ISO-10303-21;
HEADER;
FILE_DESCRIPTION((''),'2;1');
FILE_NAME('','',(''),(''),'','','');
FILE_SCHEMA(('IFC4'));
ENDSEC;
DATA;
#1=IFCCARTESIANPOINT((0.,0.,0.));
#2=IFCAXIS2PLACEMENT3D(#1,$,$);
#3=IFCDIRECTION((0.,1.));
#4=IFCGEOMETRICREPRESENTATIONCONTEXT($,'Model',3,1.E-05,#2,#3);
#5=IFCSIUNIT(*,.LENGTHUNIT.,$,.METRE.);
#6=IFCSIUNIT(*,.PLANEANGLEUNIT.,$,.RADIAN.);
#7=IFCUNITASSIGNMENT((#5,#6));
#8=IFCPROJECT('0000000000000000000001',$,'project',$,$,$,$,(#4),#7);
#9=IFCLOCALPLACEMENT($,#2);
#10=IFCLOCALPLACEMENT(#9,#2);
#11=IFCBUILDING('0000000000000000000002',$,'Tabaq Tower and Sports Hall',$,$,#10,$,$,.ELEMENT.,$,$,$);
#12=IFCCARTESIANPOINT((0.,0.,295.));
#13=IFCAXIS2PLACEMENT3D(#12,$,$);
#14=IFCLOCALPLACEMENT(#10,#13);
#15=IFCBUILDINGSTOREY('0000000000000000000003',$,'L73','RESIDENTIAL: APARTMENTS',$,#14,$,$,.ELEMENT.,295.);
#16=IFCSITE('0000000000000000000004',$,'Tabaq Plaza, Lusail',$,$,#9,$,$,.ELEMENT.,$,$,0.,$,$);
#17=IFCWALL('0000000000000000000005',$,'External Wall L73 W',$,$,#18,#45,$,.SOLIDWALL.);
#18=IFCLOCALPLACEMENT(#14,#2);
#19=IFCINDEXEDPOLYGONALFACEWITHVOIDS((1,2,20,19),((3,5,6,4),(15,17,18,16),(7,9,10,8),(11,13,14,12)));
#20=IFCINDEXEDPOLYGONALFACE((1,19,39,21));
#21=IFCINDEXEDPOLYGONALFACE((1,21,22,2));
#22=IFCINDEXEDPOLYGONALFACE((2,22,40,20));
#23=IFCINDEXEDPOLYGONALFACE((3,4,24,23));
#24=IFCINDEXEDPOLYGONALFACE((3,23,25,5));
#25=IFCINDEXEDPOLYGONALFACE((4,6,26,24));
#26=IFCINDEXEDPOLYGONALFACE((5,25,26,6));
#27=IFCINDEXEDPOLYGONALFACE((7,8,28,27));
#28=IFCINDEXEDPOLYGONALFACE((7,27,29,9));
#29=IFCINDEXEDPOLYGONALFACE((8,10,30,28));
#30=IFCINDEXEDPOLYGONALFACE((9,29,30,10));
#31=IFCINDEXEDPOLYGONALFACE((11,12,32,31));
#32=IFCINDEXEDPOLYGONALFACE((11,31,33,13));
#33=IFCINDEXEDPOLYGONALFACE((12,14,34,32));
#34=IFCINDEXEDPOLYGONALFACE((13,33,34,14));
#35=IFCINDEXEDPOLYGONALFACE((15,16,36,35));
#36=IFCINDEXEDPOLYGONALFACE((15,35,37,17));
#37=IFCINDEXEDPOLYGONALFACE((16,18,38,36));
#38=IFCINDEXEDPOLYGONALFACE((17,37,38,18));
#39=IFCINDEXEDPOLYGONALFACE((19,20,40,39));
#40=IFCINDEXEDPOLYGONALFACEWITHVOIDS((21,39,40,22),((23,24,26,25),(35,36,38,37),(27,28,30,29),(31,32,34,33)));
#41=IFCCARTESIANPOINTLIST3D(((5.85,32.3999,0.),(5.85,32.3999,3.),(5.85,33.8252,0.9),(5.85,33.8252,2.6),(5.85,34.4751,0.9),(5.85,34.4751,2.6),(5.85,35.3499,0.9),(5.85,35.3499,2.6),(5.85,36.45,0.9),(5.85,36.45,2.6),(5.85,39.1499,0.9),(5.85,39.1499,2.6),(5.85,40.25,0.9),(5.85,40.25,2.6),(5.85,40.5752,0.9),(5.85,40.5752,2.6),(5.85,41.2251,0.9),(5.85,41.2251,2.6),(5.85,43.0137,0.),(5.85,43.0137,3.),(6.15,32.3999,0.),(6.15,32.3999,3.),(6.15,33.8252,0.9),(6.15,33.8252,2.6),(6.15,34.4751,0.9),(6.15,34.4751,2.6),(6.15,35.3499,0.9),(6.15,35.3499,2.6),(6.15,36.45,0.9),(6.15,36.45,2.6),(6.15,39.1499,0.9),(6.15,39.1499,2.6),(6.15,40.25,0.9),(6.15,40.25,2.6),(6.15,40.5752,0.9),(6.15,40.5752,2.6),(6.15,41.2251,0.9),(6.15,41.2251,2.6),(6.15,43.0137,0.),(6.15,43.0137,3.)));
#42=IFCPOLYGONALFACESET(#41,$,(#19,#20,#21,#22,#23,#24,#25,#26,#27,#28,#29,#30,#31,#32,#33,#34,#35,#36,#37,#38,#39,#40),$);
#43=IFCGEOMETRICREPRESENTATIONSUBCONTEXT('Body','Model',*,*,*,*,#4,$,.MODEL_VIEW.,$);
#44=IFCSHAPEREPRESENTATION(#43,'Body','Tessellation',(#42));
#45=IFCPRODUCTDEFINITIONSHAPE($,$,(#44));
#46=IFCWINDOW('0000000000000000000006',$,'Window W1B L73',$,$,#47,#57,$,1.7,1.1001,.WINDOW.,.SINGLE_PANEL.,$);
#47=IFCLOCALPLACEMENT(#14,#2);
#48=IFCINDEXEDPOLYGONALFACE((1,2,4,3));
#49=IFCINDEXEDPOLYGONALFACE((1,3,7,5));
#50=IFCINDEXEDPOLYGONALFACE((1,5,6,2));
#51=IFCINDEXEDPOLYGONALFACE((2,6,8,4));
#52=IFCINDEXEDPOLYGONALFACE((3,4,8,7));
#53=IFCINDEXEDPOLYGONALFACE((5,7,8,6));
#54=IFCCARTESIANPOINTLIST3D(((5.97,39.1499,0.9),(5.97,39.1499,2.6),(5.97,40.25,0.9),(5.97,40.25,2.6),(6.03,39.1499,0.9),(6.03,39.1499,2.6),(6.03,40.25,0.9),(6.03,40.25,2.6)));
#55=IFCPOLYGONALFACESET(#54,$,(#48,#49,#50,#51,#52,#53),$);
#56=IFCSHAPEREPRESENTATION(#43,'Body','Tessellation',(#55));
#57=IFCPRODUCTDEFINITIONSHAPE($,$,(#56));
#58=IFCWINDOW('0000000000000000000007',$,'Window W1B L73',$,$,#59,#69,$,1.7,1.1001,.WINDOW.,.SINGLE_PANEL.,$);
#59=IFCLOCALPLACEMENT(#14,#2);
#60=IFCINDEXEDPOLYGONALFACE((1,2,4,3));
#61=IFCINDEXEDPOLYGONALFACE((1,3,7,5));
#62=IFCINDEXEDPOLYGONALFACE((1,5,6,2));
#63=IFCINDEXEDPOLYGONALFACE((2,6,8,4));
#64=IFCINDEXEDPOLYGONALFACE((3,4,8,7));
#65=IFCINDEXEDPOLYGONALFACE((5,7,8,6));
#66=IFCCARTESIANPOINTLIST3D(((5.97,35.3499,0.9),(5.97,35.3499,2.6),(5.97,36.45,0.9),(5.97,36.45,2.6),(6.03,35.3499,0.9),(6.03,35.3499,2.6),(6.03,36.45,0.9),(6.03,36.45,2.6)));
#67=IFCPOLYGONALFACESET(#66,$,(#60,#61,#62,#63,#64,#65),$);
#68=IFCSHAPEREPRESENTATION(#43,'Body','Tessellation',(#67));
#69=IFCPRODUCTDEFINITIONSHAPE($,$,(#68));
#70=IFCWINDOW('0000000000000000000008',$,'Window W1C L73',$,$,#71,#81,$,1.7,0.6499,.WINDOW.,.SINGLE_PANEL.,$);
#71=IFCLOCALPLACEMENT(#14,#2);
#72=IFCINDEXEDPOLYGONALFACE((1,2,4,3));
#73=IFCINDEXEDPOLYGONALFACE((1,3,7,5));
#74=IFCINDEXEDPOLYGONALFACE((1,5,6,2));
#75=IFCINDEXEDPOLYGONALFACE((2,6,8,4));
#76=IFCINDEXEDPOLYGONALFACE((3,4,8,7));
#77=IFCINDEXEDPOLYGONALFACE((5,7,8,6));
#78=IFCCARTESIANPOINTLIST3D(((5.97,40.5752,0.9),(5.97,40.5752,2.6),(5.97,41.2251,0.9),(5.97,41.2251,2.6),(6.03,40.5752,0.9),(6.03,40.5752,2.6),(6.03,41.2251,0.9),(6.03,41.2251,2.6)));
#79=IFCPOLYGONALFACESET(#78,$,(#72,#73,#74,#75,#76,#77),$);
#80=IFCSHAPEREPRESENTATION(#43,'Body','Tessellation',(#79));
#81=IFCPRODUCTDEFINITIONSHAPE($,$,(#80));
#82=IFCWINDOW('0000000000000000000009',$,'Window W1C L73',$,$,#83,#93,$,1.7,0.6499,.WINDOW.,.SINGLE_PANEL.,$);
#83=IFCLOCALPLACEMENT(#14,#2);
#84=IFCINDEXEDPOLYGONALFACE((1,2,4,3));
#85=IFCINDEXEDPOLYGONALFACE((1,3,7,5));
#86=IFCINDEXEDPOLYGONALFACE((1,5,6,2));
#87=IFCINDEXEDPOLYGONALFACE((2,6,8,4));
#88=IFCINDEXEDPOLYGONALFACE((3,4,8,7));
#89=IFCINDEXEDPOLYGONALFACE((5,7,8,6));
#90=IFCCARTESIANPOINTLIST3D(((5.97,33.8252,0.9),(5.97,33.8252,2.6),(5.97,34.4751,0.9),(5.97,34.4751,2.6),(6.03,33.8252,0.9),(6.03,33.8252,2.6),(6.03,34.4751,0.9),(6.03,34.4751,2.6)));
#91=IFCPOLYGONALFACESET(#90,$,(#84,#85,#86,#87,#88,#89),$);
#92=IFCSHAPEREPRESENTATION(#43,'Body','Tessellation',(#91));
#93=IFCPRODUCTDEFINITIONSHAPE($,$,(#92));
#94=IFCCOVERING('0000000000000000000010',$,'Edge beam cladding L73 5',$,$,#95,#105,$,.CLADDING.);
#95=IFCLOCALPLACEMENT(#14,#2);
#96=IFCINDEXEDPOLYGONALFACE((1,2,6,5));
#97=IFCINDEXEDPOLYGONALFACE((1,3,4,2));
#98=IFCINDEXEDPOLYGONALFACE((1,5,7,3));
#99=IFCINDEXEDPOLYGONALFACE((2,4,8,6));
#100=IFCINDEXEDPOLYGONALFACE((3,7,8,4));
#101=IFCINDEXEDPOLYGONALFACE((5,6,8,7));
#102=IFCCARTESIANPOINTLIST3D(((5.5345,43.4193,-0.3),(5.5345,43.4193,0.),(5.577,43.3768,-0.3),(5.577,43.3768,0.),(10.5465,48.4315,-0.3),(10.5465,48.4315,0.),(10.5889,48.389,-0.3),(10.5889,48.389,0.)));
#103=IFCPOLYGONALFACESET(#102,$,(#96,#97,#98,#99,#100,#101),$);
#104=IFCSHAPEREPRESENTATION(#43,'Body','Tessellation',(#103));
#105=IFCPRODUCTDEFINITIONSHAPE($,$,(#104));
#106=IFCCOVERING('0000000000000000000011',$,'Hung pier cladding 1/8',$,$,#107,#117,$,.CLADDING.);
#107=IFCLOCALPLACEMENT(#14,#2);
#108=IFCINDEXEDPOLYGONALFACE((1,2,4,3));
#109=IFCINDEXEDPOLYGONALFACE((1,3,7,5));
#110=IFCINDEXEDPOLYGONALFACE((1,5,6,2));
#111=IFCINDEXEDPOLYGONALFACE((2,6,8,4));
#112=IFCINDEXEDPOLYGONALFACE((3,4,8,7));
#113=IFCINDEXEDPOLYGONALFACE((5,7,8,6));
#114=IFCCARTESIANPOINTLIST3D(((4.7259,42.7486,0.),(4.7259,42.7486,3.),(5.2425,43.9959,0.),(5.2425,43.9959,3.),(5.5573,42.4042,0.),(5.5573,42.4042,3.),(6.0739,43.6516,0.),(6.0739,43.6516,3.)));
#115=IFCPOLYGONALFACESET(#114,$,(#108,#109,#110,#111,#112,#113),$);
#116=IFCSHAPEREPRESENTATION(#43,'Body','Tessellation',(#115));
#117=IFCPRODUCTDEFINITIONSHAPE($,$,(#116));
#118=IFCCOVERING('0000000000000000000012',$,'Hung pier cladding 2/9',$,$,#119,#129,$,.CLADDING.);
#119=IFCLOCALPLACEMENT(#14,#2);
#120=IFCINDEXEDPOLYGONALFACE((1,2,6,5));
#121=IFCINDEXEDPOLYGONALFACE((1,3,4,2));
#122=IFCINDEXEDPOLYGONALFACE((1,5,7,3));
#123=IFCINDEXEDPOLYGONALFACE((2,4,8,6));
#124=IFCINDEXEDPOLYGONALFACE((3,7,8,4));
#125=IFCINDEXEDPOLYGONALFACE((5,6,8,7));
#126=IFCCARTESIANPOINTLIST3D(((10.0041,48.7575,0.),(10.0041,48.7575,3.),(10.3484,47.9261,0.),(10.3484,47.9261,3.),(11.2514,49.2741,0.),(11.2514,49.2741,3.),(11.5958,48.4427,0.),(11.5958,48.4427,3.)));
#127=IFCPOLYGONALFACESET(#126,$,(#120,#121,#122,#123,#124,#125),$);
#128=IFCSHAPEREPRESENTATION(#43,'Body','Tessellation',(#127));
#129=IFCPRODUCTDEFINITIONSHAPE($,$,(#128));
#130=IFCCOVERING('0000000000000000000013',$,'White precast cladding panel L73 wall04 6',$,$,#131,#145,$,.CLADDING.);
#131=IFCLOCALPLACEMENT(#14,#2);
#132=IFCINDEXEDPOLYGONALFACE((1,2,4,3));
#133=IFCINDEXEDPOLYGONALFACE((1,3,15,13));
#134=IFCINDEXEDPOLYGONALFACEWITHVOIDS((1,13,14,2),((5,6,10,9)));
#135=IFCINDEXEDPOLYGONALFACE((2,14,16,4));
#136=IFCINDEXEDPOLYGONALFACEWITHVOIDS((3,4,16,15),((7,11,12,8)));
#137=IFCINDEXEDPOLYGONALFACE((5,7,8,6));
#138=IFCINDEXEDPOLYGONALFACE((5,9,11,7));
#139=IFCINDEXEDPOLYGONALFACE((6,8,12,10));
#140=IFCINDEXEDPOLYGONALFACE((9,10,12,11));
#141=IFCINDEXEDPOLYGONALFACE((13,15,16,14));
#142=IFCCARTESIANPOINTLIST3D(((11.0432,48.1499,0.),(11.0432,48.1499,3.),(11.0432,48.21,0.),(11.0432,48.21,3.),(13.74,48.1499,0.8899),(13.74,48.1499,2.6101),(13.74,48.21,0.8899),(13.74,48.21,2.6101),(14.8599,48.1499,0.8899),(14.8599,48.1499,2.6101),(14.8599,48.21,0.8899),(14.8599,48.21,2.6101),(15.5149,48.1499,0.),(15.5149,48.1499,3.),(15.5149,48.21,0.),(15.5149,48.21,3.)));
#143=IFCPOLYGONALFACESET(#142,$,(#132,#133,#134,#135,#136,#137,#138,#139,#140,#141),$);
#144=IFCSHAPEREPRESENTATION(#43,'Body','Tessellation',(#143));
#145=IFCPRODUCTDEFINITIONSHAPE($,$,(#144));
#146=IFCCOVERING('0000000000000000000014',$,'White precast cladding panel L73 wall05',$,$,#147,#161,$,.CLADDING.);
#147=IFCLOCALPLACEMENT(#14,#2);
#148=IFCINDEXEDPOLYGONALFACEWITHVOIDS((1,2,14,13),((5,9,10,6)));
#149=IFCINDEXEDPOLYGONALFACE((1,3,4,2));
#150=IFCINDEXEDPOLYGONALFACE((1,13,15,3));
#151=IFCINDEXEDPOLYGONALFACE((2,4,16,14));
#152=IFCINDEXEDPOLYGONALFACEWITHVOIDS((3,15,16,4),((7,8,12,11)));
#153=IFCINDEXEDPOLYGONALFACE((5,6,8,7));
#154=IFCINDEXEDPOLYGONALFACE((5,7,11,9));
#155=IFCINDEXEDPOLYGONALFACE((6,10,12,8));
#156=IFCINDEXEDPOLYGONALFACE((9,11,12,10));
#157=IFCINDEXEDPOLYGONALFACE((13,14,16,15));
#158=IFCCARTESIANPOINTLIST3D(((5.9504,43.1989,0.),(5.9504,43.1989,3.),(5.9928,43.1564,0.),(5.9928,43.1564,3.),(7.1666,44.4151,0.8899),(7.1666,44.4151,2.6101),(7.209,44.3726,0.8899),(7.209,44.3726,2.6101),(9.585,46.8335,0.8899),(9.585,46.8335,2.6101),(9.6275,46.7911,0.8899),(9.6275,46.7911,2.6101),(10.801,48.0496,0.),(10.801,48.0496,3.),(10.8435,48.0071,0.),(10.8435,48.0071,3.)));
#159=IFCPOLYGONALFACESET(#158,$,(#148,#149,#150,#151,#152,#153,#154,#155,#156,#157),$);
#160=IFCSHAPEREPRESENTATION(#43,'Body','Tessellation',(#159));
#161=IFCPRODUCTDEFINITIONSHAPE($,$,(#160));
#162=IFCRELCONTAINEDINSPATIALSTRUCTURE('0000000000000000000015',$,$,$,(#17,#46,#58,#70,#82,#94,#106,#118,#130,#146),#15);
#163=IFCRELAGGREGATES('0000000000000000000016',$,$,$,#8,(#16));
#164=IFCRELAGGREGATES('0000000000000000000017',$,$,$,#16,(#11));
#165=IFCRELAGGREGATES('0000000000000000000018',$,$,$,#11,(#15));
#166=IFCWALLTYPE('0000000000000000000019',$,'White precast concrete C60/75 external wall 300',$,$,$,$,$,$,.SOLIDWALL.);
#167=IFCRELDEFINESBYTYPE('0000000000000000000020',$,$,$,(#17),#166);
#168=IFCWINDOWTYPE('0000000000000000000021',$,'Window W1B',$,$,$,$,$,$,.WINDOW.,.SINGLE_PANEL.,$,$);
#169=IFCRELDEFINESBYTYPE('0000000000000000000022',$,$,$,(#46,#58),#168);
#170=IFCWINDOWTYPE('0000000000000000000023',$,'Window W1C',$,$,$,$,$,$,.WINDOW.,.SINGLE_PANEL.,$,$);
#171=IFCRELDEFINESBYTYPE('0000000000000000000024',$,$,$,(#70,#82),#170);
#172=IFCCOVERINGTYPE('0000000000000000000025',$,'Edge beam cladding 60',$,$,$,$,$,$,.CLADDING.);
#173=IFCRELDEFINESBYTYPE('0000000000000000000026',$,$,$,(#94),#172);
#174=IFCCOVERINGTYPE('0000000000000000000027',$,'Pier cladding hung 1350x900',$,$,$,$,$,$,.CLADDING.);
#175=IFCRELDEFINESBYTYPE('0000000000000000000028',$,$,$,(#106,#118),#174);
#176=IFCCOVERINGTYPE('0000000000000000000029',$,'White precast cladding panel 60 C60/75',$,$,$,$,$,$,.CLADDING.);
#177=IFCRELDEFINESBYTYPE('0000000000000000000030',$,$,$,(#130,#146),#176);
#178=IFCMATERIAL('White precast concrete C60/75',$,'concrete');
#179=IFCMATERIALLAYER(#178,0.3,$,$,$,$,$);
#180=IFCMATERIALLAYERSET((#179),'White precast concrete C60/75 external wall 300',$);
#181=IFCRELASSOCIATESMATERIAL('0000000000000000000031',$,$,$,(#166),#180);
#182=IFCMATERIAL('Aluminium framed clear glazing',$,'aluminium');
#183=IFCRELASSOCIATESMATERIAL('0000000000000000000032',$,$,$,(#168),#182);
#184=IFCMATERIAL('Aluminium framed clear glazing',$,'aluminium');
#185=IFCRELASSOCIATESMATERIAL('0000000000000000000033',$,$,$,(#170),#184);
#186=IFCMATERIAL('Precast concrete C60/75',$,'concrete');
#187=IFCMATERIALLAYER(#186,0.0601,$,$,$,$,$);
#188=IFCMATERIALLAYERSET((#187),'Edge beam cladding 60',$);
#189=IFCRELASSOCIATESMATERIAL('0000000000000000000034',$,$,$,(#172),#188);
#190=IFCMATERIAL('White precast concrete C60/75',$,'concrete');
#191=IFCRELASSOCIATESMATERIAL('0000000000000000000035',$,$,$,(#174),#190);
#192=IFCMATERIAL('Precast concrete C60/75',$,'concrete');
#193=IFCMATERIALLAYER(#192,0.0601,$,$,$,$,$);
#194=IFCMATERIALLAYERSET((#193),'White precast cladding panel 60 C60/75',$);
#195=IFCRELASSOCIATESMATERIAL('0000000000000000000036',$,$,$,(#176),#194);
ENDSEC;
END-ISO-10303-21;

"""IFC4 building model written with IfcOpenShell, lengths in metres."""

from ifc_helpers import new_model, si_unit, direction, frame, frame_2d, origin, place, context, subcontext, project, spatial, polyline, rectangle, outline, extrude, material, layer, layer_set, type_object, element, fill, save


model = new_model("IFC4")

# Units and contexts
model_context = context("Model", 3, precision=1e-05, world=origin(), true_north=direction((0.0, 1.0)))
body_context = subcontext(model_context, "Body", "Model", "MODEL_VIEW")
ifc_project = project(units=[si_unit("LENGTHUNIT", "METRE"), si_unit("PLANEANGLEUNIT", "RADIAN")], contexts=[model_context])

# Site, building, storey
site_placement = place(None, origin())
site = spatial("IfcSite", under=ifc_project, at=site_placement, Name="Tabaq Plaza, Lusail", CompositionType="ELEMENT", RefElevation=0.0)
building_placement = place(site_placement, origin())
building = spatial("IfcBuilding", under=site, at=building_placement, Name="Tabaq Tower and Sports Hall", CompositionType="ELEMENT")
storey_placement = place(building_placement, frame((0.0, 0.0, 295.0)))
storey = spatial("IfcBuildingStorey", under=building, at=storey_placement, Name="L73", Description="RESIDENTIAL: APARTMENTS", CompositionType="ELEMENT", Elevation=295.0)

# Shared definitions
ifc_material_1 = material(Name="White precast concrete C60/75", Category="concrete")
ifc_layer_1 = layer(ifc_material_1, 0.3)
ifc_layer_set_1 = layer_set([ifc_layer_1], Name="White precast concrete C60/75 external wall 300")
wall_type_1 = type_object("IfcWallType", Name="White precast concrete C60/75 external wall 300", PredefinedType="SOLIDWALL", material=ifc_layer_set_1)

# Wall, openings, windows
wall_1_placement = place(storey_placement, frame((6.0, 43.0137, 0.0), z_axis=(0.0, 0.0, 1.0), x_axis=(0.0, -1.0, 0.0)))
wall_1 = element("IfcWall", 1, at=wall_1_placement, inside=storey, type_object=wall_type_1, Name="External Wall L73 W", PredefinedType="SOLIDWALL", context=body_context, shape_type="SweptSolid", body=[
    extrude(rectangle(XDim=10.6138, YDim=0.3, at=frame_2d((5.3069, 0.0))), origin(), (0.0, 0.0, 1.0), 3.0),
])
opening_1_placement = place(wall_1_placement, frame((1.7886, 0.0, 0.8999)))
opening_1 = element("IfcOpeningElement", 2, at=opening_1_placement, cuts=wall_1, PredefinedType="OPENING", context=body_context, shape_type="SweptSolid", body=[
    extrude(rectangle(XDim=0.6499, YDim=1.7, at=frame_2d((0.325, 0.8501))), frame((0.0, 0.1602, 0.0), z_axis=(0.0, -1.0, 0.0), x_axis=(1.0, 0.0, 0.0)), (0.0, 0.0, 1.0), 0.3201),
])
opening_2_placement = place(wall_1_placement, frame((2.7637, 0.0, 0.8999)))
opening_2 = element("IfcOpeningElement", 3, at=opening_2_placement, cuts=wall_1, PredefinedType="OPENING", context=body_context, shape_type="SweptSolid", body=[
    extrude(rectangle(XDim=1.1001, YDim=1.7, at=frame_2d((0.55, 0.8501))), frame((0.0, 0.1602, 0.0), z_axis=(0.0, -1.0, 0.0), x_axis=(1.0, 0.0, 0.0)), (0.0, 0.0, 1.0), 0.3201),
])
opening_3_placement = place(wall_1_placement, frame((6.5637, 0.0, 0.8999)))
opening_3 = element("IfcOpeningElement", 4, at=opening_3_placement, cuts=wall_1, PredefinedType="OPENING", context=body_context, shape_type="SweptSolid", body=[
    extrude(rectangle(XDim=1.1001, YDim=1.7, at=frame_2d((0.55, 0.8501))), frame((0.0, 0.1602, 0.0), z_axis=(0.0, -1.0, 0.0), x_axis=(1.0, 0.0, 0.0)), (0.0, 0.0, 1.0), 0.3201),
])
opening_4_placement = place(wall_1_placement, frame((8.5386, 0.0, 0.8999)))
opening_4 = element("IfcOpeningElement", 5, at=opening_4_placement, cuts=wall_1, PredefinedType="OPENING", context=body_context, shape_type="SweptSolid", body=[
    extrude(rectangle(XDim=0.6499, YDim=1.7, at=frame_2d((0.325, 0.8501))), frame((0.0, 0.1602, 0.0), z_axis=(0.0, -1.0, 0.0), x_axis=(1.0, 0.0, 0.0)), (0.0, 0.0, 1.0), 0.3201),
])
ifc_material_2 = material(Name="Aluminium framed clear glazing", Category="aluminium")
window_type_1 = type_object("IfcWindowType", Name="Window W1B", PartitioningType="SINGLE_PANEL", PredefinedType="WINDOW", material=ifc_material_2)
window_1_placement = place(opening_2_placement, origin())
window_1 = element("IfcWindow", 6, at=window_1_placement, inside=storey, type_object=window_type_1, Name="Window W1B L73", OverallHeight=1.7, OverallWidth=1.1001, PartitioningType="SINGLE_PANEL", PredefinedType="WINDOW", context=body_context, shape_type="SweptSolid", body=[
    extrude(rectangle(XDim=1.1001, YDim=1.7, at=frame_2d((0.55, 0.8501))), frame((0.0, 0.03, 0.0), z_axis=(0.0, -1.0, 0.0), x_axis=(1.0, 0.0, 0.0)), (0.0, 0.0, 1.0), 0.0601),
])
fill(opening_2, window_1)
window_2_placement = place(opening_3_placement, origin())
window_2 = element("IfcWindow", 7, at=window_2_placement, inside=storey, type_object=window_type_1, Name="Window W1B L73", OverallHeight=1.7, OverallWidth=1.1001, PartitioningType="SINGLE_PANEL", PredefinedType="WINDOW", context=body_context, shape_type="SweptSolid", body=[
    extrude(rectangle(XDim=1.1001, YDim=1.7, at=frame_2d((0.55, 0.8501))), frame((0.0, 0.03, 0.0), z_axis=(0.0, -1.0, 0.0), x_axis=(1.0, 0.0, 0.0)), (0.0, 0.0, 1.0), 0.0601),
])
fill(opening_3, window_2)
ifc_material_3 = material(Name="Aluminium framed clear glazing", Category="aluminium")
window_type_2 = type_object("IfcWindowType", Name="Window W1C", PartitioningType="SINGLE_PANEL", PredefinedType="WINDOW", material=ifc_material_3)
window_3_placement = place(opening_1_placement, origin())
window_3 = element("IfcWindow", 8, at=window_3_placement, inside=storey, type_object=window_type_2, Name="Window W1C L73", OverallHeight=1.7, OverallWidth=0.6499, PartitioningType="SINGLE_PANEL", PredefinedType="WINDOW", context=body_context, shape_type="SweptSolid", body=[
    extrude(rectangle(XDim=0.6499, YDim=1.7, at=frame_2d((0.325, 0.8501))), frame((0.0, 0.03, 0.0), z_axis=(0.0, -1.0, 0.0), x_axis=(1.0, 0.0, 0.0)), (0.0, 0.0, 1.0), 0.0601),
])
fill(opening_1, window_3)
window_4_placement = place(opening_4_placement, origin())
window_4 = element("IfcWindow", 9, at=window_4_placement, inside=storey, type_object=window_type_2, Name="Window W1C L73", OverallHeight=1.7, OverallWidth=0.6499, PartitioningType="SINGLE_PANEL", PredefinedType="WINDOW", context=body_context, shape_type="SweptSolid", body=[
    extrude(rectangle(XDim=0.6499, YDim=1.7, at=frame_2d((0.325, 0.8501))), frame((0.0, 0.03, 0.0), z_axis=(0.0, -1.0, 0.0), x_axis=(1.0, 0.0, 0.0)), (0.0, 0.0, 1.0), 0.0601),
])
fill(opening_4, window_4)

# Coverings
ifc_material_4 = material(Name="Precast concrete C60/75", Category="concrete")
ifc_layer_2 = layer(ifc_material_4, 0.0601)
ifc_layer_set_2 = layer_set([ifc_layer_2], Name="Edge beam cladding 60")
covering_type_1 = type_object("IfcCoveringType", Name="Edge beam cladding 60", PredefinedType="CLADDING", material=ifc_layer_set_2)
covering_1_placement = place(storey_placement, frame((10.5676, 48.4102, -0.3), z_axis=(0.0, 0.0, 1.0), x_axis=(-0.70709, -0.707124, 0.0)))
element("IfcCovering", 10, at=covering_1_placement, inside=storey, type_object=covering_type_1, Name="Edge beam cladding L73 5", PredefinedType="CLADDING", context=body_context, shape_type="SweptSolid", body=[
    extrude(rectangle(XDim=7.0881, YDim=0.0601, at=frame_2d((3.5439, 0.0))), origin(), (0.0, 0.0, 1.0), 0.3),
])
ifc_material_5 = material(Name="White precast concrete C60/75", Category="concrete")
covering_type_2 = type_object("IfcCoveringType", Name="Pier cladding hung 1350x900", PredefinedType="CLADDING", material=ifc_material_5)
for number, where, z_axis, x_axis, name in (
    (11, (5.6582, 43.8237, 0.0), (0.0, 0.0, 1.0), (-0.38265, -0.923893, 0.0), "Hung pier cladding 1/8"),
    (12, (11.4236, 48.8584, 0.0), (0.0, 0.0, 1.0), (-0.923893, -0.38265, 0.0), "Hung pier cladding 2/9"),
):
    element("IfcCovering", number, at=place(storey_placement, frame(where, z_axis=z_axis, x_axis=x_axis)), inside=storey, type_object=covering_type_2, Name=name, PredefinedType="CLADDING", context=body_context, shape_type="SweptSolid", body=[
        extrude(rectangle(XDim=1.3501, YDim=0.8999, at=frame_2d((0.675, 0.0))), origin(), (0.0, 0.0, 1.0), 3.0),
    ])
ifc_material_6 = material(Name="Precast concrete C60/75", Category="concrete")
ifc_layer_3 = layer(ifc_material_6, 0.0601)
ifc_layer_set_3 = layer_set([ifc_layer_3], Name="White precast cladding panel 60 C60/75")
covering_type_3 = type_object("IfcCoveringType", Name="White precast cladding panel 60 C60/75", PredefinedType="CLADDING", material=ifc_layer_set_3)
covering_2_placement = place(storey_placement, frame((15.5149, 48.1799, 0.0), z_axis=(0.0, 0.0, 1.0), x_axis=(-1.0, 0.0, 0.0)))
element("IfcCovering", 13, at=covering_2_placement, inside=storey, type_object=covering_type_3, Name="White precast cladding panel L73 wall04 6", PredefinedType="CLADDING", context=body_context, shape_type="SweptSolid", body=[
    extrude(outline(polyline([(0.0, 0.0), (4.4717, 0.0), (4.4717, 3.0), (0.0, 3.0), (0.0, 0.0)]), holes=[polyline([(0.655, 0.8899), (0.655, 2.6101), (1.7749, 2.6101), (1.7749, 0.8899), (0.655, 0.8899)])]), frame((0.0, 0.03, 0.0), z_axis=(0.0, -1.0, 0.0), x_axis=(1.0, 0.0, 0.0)), (0.0, 0.0, 1.0), 0.0601),
])
covering_3_placement = place(storey_placement, frame((10.8223, 48.0283, 0.0), z_axis=(0.0, 0.0, 1.0), x_axis=(-0.707107, -0.707107, 0.0)))
element("IfcCovering", 14, at=covering_3_placement, inside=storey, type_object=covering_type_3, Name="White precast cladding panel L73 wall05", PredefinedType="CLADDING", context=body_context, shape_type="SweptSolid", body=[
    extrude(outline(polyline([(0.0, 0.0), (6.8599, 0.0), (6.8599, 3.0), (0.0, 3.0), (0.0, 0.0)]), holes=[polyline([(1.7197, 0.8899), (1.7197, 2.6101), (5.1399, 2.6101), (5.1399, 0.8899), (1.7197, 0.8899)])]), frame((0.0, 0.03, 0.0), z_axis=(0.0, -1.0, 0.0), x_axis=(1.0, 0.0, 0.0)), (0.0, 0.0, 1.0), 0.0601),
])

save(model, "model.ifc")
